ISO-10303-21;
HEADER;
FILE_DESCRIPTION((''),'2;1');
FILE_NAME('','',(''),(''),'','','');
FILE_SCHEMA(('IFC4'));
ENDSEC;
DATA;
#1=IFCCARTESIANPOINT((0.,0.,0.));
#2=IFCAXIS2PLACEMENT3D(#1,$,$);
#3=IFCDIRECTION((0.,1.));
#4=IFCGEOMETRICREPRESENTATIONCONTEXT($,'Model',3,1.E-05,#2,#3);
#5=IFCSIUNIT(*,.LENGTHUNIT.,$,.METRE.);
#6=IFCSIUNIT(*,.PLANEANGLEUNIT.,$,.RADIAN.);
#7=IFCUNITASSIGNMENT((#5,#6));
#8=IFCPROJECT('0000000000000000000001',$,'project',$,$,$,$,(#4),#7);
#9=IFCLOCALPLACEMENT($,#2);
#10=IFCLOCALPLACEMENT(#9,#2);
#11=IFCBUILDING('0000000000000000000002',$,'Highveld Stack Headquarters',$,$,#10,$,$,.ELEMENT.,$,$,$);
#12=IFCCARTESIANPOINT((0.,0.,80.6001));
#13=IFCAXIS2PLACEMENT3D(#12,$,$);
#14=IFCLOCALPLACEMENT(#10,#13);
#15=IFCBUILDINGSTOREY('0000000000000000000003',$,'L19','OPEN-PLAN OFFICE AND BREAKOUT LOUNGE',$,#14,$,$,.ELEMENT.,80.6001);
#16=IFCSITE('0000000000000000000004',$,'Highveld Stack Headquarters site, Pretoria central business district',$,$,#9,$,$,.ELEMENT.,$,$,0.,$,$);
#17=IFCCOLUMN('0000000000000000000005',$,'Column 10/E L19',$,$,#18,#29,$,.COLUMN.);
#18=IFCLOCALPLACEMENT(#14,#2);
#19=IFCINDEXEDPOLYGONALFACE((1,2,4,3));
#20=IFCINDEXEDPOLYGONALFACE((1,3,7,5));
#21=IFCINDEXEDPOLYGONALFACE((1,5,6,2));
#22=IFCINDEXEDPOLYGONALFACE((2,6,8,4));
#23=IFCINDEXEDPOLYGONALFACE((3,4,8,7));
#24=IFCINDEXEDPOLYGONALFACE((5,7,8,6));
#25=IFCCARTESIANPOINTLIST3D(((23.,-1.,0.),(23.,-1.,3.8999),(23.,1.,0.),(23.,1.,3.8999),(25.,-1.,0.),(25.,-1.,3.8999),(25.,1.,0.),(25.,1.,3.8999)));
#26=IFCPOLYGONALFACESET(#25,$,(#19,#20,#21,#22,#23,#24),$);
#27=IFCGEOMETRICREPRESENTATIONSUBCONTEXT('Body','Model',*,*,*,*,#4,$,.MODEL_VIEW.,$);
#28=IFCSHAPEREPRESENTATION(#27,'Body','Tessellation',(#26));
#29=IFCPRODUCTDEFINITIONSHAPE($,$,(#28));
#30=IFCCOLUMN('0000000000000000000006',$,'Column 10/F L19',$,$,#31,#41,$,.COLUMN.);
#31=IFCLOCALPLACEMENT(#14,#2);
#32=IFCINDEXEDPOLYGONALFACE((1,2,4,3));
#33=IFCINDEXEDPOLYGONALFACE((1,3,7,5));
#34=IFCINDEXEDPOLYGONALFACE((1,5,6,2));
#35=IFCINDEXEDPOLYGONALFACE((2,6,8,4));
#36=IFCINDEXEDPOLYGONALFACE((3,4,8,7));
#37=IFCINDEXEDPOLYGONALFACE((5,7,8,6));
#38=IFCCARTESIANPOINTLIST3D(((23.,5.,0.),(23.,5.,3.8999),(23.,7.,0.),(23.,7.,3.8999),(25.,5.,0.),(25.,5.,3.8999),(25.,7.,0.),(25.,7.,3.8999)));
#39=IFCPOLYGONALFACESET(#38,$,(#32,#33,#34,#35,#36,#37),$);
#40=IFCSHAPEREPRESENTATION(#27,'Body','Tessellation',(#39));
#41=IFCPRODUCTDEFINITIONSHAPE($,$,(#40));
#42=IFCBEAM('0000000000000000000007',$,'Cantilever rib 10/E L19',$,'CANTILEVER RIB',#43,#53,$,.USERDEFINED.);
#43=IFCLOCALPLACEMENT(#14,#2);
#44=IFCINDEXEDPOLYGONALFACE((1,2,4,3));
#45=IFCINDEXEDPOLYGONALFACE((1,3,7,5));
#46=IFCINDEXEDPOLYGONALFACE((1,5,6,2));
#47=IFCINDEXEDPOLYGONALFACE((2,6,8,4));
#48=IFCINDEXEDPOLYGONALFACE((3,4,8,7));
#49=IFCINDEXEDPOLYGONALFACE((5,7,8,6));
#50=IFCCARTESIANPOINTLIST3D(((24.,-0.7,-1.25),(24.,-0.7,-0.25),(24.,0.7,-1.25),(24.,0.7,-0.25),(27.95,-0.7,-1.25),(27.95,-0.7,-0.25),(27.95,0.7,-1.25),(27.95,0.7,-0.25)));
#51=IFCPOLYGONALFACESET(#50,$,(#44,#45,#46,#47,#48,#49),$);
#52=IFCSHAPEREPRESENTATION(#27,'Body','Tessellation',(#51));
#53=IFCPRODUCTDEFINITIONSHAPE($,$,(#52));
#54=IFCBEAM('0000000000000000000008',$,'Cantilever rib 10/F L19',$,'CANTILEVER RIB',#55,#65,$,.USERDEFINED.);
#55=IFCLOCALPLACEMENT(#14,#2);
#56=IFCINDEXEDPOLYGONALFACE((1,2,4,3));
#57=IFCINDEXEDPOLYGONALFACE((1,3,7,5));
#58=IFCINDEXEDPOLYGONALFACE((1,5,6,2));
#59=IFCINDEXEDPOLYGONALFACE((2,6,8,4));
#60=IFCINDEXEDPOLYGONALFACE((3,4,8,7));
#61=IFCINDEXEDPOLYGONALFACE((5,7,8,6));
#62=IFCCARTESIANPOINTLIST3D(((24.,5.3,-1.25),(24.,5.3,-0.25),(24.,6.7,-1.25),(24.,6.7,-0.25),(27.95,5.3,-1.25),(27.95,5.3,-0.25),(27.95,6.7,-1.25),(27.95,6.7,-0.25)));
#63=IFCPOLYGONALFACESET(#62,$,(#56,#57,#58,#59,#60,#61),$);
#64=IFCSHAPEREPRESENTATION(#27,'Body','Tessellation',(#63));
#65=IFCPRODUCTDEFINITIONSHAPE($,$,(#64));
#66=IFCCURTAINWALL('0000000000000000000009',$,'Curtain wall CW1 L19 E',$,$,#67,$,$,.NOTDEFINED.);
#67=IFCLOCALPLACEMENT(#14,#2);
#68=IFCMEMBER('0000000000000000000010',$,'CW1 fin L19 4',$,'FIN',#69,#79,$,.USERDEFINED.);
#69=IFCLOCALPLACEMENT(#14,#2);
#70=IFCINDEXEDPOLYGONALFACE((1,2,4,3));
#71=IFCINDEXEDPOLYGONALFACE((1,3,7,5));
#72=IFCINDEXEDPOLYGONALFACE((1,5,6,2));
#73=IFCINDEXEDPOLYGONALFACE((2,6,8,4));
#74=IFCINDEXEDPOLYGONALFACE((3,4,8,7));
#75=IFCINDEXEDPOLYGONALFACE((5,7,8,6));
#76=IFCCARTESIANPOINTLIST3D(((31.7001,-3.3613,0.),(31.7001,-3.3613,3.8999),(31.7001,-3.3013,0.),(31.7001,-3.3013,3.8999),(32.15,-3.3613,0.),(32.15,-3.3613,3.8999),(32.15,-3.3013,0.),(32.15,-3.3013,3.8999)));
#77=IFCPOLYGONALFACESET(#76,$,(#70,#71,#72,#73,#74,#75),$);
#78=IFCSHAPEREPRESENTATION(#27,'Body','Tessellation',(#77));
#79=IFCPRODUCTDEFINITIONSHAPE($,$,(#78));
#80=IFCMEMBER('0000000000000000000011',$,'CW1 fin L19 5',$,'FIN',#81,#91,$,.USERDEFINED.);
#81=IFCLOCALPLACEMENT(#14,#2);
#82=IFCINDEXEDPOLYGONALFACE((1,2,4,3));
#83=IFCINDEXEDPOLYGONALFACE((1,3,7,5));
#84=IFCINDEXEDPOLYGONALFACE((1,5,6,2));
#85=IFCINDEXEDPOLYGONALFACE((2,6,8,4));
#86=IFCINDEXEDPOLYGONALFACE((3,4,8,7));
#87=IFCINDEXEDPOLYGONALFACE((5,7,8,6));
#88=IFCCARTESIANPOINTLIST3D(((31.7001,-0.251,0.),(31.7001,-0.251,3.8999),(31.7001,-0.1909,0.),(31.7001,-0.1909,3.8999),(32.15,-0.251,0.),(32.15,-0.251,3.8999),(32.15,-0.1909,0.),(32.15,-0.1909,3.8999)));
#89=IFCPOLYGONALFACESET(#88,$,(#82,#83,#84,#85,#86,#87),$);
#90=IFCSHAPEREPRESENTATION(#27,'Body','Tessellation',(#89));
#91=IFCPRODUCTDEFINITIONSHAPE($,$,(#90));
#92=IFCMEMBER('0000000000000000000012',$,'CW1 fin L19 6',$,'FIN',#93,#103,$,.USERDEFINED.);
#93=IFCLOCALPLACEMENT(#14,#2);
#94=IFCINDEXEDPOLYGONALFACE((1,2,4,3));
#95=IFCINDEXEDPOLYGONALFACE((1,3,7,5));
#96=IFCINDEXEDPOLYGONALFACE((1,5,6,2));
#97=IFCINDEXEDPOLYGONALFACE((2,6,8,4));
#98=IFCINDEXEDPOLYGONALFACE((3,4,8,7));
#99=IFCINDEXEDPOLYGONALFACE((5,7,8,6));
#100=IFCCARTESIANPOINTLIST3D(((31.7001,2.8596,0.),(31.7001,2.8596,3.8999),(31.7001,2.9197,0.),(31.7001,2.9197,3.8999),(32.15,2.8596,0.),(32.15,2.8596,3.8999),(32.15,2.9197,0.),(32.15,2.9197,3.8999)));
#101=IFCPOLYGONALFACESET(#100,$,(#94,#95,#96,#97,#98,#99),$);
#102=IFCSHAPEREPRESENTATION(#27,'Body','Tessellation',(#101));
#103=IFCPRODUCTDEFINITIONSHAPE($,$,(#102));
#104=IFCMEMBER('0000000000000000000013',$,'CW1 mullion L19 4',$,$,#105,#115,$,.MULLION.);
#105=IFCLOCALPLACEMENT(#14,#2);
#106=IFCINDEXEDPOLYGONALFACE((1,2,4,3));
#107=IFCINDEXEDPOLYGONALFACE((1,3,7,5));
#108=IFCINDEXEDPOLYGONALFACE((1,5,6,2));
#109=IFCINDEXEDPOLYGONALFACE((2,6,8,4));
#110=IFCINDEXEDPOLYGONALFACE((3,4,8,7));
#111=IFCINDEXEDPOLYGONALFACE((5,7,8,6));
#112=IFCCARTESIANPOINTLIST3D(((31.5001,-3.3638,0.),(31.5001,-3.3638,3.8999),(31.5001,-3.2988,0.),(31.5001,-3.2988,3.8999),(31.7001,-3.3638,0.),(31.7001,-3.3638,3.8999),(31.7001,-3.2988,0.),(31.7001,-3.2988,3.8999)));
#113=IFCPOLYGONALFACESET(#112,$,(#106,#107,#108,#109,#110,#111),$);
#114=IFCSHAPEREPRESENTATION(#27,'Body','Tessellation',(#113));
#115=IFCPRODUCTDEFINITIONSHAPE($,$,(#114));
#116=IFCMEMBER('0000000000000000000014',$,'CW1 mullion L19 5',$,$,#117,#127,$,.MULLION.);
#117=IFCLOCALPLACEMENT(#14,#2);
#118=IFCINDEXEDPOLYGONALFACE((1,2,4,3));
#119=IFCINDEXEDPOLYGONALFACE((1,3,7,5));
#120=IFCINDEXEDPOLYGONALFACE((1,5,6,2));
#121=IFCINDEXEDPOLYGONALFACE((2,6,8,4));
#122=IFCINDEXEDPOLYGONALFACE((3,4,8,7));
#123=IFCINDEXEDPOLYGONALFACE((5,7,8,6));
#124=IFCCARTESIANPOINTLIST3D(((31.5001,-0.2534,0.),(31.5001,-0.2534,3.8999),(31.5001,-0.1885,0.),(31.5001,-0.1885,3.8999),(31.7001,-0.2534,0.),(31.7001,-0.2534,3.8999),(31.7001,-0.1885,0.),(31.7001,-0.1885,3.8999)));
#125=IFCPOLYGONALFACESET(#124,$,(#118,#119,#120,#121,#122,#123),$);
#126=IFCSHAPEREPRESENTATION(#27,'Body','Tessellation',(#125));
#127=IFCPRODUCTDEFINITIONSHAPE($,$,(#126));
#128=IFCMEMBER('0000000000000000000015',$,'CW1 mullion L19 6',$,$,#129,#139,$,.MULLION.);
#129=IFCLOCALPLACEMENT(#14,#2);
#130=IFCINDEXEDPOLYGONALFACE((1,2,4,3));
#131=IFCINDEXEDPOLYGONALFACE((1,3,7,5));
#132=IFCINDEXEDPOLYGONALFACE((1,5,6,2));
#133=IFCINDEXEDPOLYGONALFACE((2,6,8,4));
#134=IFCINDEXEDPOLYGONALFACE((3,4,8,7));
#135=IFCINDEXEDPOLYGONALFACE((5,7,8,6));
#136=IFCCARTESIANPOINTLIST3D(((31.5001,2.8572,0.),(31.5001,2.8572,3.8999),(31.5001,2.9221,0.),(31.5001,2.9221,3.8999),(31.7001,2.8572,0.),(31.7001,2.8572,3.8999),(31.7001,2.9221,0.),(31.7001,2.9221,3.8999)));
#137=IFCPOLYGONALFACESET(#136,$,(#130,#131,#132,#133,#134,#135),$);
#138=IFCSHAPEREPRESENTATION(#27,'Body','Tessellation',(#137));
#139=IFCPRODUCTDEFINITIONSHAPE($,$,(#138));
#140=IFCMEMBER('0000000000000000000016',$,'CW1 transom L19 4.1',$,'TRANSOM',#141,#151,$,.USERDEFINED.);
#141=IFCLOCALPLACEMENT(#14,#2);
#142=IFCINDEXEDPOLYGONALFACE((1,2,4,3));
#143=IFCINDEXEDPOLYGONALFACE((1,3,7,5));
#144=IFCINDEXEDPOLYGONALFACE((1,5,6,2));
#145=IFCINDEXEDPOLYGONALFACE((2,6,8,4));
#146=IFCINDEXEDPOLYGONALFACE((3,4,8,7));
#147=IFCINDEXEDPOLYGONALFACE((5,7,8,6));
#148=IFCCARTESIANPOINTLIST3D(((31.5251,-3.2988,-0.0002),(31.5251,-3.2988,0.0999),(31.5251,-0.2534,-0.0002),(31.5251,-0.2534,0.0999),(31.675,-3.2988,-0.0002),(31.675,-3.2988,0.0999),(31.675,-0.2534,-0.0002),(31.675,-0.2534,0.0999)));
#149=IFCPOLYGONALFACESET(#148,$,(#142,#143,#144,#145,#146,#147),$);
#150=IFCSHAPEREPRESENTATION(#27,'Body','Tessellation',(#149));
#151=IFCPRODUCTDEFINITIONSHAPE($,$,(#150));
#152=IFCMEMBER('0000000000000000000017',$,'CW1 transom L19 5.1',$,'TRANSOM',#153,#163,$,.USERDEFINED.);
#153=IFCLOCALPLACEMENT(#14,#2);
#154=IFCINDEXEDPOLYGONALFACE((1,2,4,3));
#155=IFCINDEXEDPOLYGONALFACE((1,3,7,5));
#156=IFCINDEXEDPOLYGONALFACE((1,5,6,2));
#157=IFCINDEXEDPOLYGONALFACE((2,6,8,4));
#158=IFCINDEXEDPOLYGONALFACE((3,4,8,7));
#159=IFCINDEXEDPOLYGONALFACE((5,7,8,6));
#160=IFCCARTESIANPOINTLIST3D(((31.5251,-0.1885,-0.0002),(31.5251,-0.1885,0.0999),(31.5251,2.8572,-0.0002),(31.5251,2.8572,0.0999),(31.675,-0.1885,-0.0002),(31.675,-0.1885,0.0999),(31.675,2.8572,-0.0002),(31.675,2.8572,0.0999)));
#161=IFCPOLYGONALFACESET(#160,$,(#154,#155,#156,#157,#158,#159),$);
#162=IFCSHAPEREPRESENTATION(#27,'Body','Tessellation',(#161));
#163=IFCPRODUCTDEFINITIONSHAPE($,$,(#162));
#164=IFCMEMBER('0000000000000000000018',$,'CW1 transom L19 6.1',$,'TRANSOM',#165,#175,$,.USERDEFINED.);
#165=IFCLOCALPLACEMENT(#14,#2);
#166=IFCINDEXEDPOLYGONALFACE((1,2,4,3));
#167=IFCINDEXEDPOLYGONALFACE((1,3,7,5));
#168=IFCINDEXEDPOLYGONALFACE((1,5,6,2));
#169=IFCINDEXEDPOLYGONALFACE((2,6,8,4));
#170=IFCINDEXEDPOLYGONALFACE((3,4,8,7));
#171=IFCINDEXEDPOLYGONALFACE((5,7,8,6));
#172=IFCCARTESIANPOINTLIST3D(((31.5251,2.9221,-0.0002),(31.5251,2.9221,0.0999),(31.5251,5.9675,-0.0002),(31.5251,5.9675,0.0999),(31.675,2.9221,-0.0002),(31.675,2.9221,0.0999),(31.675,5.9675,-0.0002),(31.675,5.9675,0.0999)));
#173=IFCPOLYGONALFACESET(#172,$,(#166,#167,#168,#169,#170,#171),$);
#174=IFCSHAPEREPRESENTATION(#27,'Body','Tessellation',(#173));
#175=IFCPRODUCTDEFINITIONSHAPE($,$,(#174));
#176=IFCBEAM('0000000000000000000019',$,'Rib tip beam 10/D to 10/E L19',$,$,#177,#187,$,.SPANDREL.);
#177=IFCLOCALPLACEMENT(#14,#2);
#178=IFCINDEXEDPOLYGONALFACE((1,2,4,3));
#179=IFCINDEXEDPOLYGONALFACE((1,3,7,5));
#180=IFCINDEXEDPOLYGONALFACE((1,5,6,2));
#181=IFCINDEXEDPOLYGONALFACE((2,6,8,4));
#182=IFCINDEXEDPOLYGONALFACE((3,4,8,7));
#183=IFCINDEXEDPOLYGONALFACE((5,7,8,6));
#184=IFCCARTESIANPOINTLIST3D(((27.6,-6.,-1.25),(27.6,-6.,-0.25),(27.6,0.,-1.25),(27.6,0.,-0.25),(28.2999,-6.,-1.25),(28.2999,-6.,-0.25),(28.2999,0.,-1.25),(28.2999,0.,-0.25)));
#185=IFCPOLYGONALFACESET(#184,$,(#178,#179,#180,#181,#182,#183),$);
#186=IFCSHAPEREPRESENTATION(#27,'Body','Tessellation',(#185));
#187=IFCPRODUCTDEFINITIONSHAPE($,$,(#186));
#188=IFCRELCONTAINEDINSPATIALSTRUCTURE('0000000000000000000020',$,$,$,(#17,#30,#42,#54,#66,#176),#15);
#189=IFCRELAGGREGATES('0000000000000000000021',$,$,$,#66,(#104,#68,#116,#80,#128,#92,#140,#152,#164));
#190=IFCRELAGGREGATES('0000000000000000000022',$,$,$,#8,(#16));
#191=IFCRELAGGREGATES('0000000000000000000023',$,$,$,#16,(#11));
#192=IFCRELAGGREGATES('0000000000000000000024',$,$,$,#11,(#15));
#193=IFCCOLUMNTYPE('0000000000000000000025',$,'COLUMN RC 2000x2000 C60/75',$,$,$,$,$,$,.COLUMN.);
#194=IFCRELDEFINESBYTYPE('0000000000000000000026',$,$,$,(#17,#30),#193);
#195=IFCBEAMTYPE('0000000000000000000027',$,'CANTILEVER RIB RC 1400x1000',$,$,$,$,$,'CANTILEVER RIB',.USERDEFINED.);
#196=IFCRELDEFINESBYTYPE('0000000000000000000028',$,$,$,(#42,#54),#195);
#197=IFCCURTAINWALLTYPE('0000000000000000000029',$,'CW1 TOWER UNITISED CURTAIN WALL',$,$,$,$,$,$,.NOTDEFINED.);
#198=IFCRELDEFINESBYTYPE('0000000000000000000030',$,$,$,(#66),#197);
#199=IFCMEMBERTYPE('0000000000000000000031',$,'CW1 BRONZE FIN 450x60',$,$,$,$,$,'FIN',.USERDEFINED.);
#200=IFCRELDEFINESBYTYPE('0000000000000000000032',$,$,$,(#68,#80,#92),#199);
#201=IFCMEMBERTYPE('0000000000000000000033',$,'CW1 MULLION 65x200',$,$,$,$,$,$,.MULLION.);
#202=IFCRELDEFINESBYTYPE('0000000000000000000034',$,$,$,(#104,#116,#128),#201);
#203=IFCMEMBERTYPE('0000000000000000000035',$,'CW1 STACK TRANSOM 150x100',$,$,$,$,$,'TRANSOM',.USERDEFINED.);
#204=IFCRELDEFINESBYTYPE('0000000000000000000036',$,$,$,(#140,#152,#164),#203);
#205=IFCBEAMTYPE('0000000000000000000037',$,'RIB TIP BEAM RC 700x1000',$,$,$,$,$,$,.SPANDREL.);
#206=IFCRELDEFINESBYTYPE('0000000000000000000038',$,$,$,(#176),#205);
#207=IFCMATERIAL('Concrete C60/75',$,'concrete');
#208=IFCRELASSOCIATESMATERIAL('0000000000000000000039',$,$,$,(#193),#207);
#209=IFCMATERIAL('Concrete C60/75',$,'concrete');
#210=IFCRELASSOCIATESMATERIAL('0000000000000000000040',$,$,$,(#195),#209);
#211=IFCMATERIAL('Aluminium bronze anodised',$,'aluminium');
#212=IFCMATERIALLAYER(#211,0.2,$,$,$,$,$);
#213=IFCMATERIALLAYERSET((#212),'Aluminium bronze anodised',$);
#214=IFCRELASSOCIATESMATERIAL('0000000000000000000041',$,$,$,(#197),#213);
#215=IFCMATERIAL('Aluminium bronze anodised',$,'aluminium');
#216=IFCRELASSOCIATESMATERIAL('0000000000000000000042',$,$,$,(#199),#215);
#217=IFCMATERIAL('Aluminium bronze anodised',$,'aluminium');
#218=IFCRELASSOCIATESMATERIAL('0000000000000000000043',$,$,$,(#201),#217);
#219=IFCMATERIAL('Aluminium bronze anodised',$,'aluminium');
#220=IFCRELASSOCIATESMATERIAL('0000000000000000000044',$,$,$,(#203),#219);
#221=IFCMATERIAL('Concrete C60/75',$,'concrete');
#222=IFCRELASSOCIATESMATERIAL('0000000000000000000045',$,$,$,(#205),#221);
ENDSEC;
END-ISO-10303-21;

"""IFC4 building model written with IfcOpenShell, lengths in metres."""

from ifc_helpers import new_model, si_unit, direction, frame, origin, origin_2d, place, context, subcontext, project, spatial, rectangle, extrude, material, layer, layer_set, material_profile, profile_set, type_object, element, aggregate, save


model = new_model("IFC4")

# Units and contexts
model_context = context("Model", 3, precision=1e-05, world=origin(), true_north=direction((0.0, 1.0)))
body_context = subcontext(model_context, "Body", "Model", "MODEL_VIEW")
ifc_project = project(units=[si_unit("LENGTHUNIT", "METRE"), si_unit("PLANEANGLEUNIT", "RADIAN")], contexts=[model_context])

# Site, building, storey
site_placement = place(None, origin())
site = spatial("IfcSite", under=ifc_project, at=site_placement, Name="Highveld Stack Headquarters site, Pretoria central business district", CompositionType="ELEMENT", RefElevation=0.0)
building_placement = place(site_placement, origin())
building = spatial("IfcBuilding", under=site, at=building_placement, Name="Highveld Stack Headquarters", CompositionType="ELEMENT")
storey_placement = place(building_placement, frame((0.0, 0.0, 80.6001)))
storey = spatial("IfcBuildingStorey", under=building, at=storey_placement, Name="L19", Description="OPEN-PLAN OFFICE AND BREAKOUT LOUNGE", CompositionType="ELEMENT", Elevation=80.6001)

# Columns
ifc_material_1 = material(Name="Concrete C60/75", Category="concrete")
ifc_material_profile_1 = material_profile(ifc_material_1, rectangle(XDim=2.0, YDim=2.0, at=origin_2d()), Name="RC 2000x2000")
ifc_profile_set_1 = profile_set([ifc_material_profile_1], Name="Concrete C60/75")
column_type = type_object("IfcColumnType", Name="COLUMN RC 2000x2000 C60/75", PredefinedType="COLUMN", material=ifc_profile_set_1)
for number, where, z_axis, x_axis, name in (
    (1, (24.0, 0.0, 0.0), (0.0, 0.0, 1.0), (1.0, 0.0, 0.0), "Column 10/E L19"),
    (2, (24.0, 6.0, 0.0), (0.0, 0.0, 1.0), (1.0, 0.0, 0.0), "Column 10/F L19"),
):
    element("IfcColumn", number, at=place(storey_placement, frame(where, z_axis=z_axis, x_axis=x_axis)), inside=storey, type_object=column_type, Name=name, PredefinedType="COLUMN", context=body_context, shape_type="SweptSolid", body=[
        extrude(rectangle(XDim=2.0, YDim=2.0, at=origin_2d()), origin(), (0.0, 0.0, 1.0), 3.8999),
    ])

# Beams
ifc_material_2 = material(Name="Concrete C60/75", Category="concrete")
ifc_material_profile_2 = material_profile(ifc_material_2, rectangle(XDim=1.3999, YDim=1.0, at=origin_2d()), Name="RC 1400x1000")
ifc_profile_set_2 = profile_set([ifc_material_profile_2], Name="Concrete C60/75")
beam_type_1 = type_object("IfcBeamType", Name="CANTILEVER RIB RC 1400x1000", ElementType="CANTILEVER RIB", PredefinedType="USERDEFINED", material=ifc_profile_set_2)
for number, where, z_axis, x_axis, name in (
    (3, (24.0, 0.0, -0.75), (1.0, 0.0, 0.0), (0.0, 1.0, 0.0), "Cantilever rib 10/E L19"),
    (4, (24.0, 6.0, -0.75), (1.0, 0.0, 0.0), (0.0, 1.0, 0.0), "Cantilever rib 10/F L19"),
):
    element("IfcBeam", number, at=place(storey_placement, frame(where, z_axis=z_axis, x_axis=x_axis)), inside=storey, type_object=beam_type_1, Name=name, ObjectType="CANTILEVER RIB", PredefinedType="USERDEFINED", context=body_context, shape_type="SweptSolid", body=[
        extrude(rectangle(XDim=1.3999, YDim=1.0, at=origin_2d()), origin(), (0.0, 0.0, 1.0), 3.95),
    ])

# Curtain wall, members
ifc_material_3 = material(Name="Aluminium bronze anodised", Category="aluminium")
ifc_layer_1 = layer(ifc_material_3, 0.2)
ifc_layer_set_1 = layer_set([ifc_layer_1], Name="Aluminium bronze anodised")
curtain_wall_type = type_object("IfcCurtainWallType", Name="CW1 TOWER UNITISED CURTAIN WALL", PredefinedType="NOTDEFINED", material=ifc_layer_set_1)
curtain_wall_placement = place(storey_placement, origin())
curtain_wall = element("IfcCurtainWall", 5, at=curtain_wall_placement, inside=storey, type_object=curtain_wall_type, Name="Curtain wall CW1 L19 E", PredefinedType="NOTDEFINED")
ifc_material_4 = material(Name="Aluminium bronze anodised", Category="aluminium")
ifc_material_profile_3 = material_profile(ifc_material_4, rectangle(XDim=0.45, YDim=0.0601, at=origin_2d()), Name="FIN 450x60")
ifc_profile_set_3 = profile_set([ifc_material_profile_3], Name="Aluminium bronze anodised")
member_type_1 = type_object("IfcMemberType", Name="CW1 BRONZE FIN 450x60", ElementType="FIN", PredefinedType="USERDEFINED", material=ifc_profile_set_3)
member_1_placement = place(storey_placement, frame((31.925, -3.3313, 0.0), z_axis=(0.0, 0.0, 1.0), x_axis=(-1.0, 0.0, 0.0)))
member_1 = element("IfcMember", 6, at=member_1_placement, type_object=member_type_1, Name="CW1 fin L19 4", ObjectType="FIN", PredefinedType="USERDEFINED", context=body_context, shape_type="SweptSolid", body=[
    extrude(rectangle(XDim=0.45, YDim=0.0601, at=origin_2d()), origin(), (0.0, 0.0, 1.0), 3.8999),
])
member_2_placement = place(storey_placement, frame((31.925, -0.2209, 0.0), z_axis=(0.0, 0.0, 1.0), x_axis=(-1.0, 0.0, 0.0)))
member_2 = element("IfcMember", 7, at=member_2_placement, type_object=member_type_1, Name="CW1 fin L19 5", ObjectType="FIN", PredefinedType="USERDEFINED", context=body_context, shape_type="SweptSolid", body=[
    extrude(rectangle(XDim=0.45, YDim=0.0601, at=origin_2d()), origin(), (0.0, 0.0, 1.0), 3.8999),
])
member_3_placement = place(storey_placement, frame((31.925, 2.8896, 0.0), z_axis=(0.0, 0.0, 1.0), x_axis=(-1.0, 0.0, 0.0)))
member_3 = element("IfcMember", 8, at=member_3_placement, type_object=member_type_1, Name="CW1 fin L19 6", ObjectType="FIN", PredefinedType="USERDEFINED", context=body_context, shape_type="SweptSolid", body=[
    extrude(rectangle(XDim=0.45, YDim=0.0601, at=origin_2d()), origin(), (0.0, 0.0, 1.0), 3.8999),
])
ifc_material_5 = material(Name="Aluminium bronze anodised", Category="aluminium")
ifc_material_profile_4 = material_profile(ifc_material_5, rectangle(XDim=0.2, YDim=0.0649, at=origin_2d()), Name="CW1 MULLION 65x200")
ifc_profile_set_4 = profile_set([ifc_material_profile_4], Name="Aluminium bronze anodised")
member_type_2 = type_object("IfcMemberType", Name="CW1 MULLION 65x200", PredefinedType="MULLION", material=ifc_profile_set_4)
member_4_placement = place(storey_placement, frame((31.6001, -3.3313, 0.0), z_axis=(0.0, 0.0, 1.0), x_axis=(-1.0, 0.0, 0.0)))
member_4 = element("IfcMember", 9, at=member_4_placement, type_object=member_type_2, Name="CW1 mullion L19 4", PredefinedType="MULLION", context=body_context, shape_type="SweptSolid", body=[
    extrude(rectangle(XDim=0.2, YDim=0.0649, at=origin_2d()), origin(), (0.0, 0.0, 1.0), 3.8999),
])
member_5_placement = place(storey_placement, frame((31.6001, -0.2209, 0.0), z_axis=(0.0, 0.0, 1.0), x_axis=(-1.0, 0.0, 0.0)))
member_5 = element("IfcMember", 10, at=member_5_placement, type_object=member_type_2, Name="CW1 mullion L19 5", PredefinedType="MULLION", context=body_context, shape_type="SweptSolid", body=[
    extrude(rectangle(XDim=0.2, YDim=0.0649, at=origin_2d()), origin(), (0.0, 0.0, 1.0), 3.8999),
])
member_6_placement = place(storey_placement, frame((31.6001, 2.8896, 0.0), z_axis=(0.0, 0.0, 1.0), x_axis=(-1.0, 0.0, 0.0)))
member_6 = element("IfcMember", 11, at=member_6_placement, type_object=member_type_2, Name="CW1 mullion L19 6", PredefinedType="MULLION", context=body_context, shape_type="SweptSolid", body=[
    extrude(rectangle(XDim=0.2, YDim=0.0649, at=origin_2d()), origin(), (0.0, 0.0, 1.0), 3.8999),
])
ifc_material_6 = material(Name="Aluminium bronze anodised", Category="aluminium")
ifc_material_profile_5 = material_profile(ifc_material_6, rectangle(XDim=0.1499, YDim=0.1001, at=origin_2d()), Name="CW1 TRANSOM 150x100")
ifc_profile_set_5 = profile_set([ifc_material_profile_5], Name="Aluminium bronze anodised")
member_type_3 = type_object("IfcMemberType", Name="CW1 STACK TRANSOM 150x100", ElementType="TRANSOM", PredefinedType="USERDEFINED", material=ifc_profile_set_5)
member_7_placement = place(storey_placement, frame((31.6001, -3.2988, 0.0498), z_axis=(0.0, 1.0, 0.0), x_axis=(-1.0, 0.0, 0.0)))
member_7 = element("IfcMember", 12, at=member_7_placement, type_object=member_type_3, Name="CW1 transom L19 4.1", ObjectType="TRANSOM", PredefinedType="USERDEFINED", context=body_context, shape_type="SweptSolid", body=[
    extrude(rectangle(XDim=0.1499, YDim=0.1001, at=origin_2d()), origin(), (0.0, 0.0, 1.0), 3.0454),
])
member_8_placement = place(storey_placement, frame((31.6001, -0.1885, 0.0498), z_axis=(0.0, 1.0, 0.0), x_axis=(-1.0, 0.0, 0.0)))
member_8 = element("IfcMember", 13, at=member_8_placement, type_object=member_type_3, Name="CW1 transom L19 5.1", ObjectType="TRANSOM", PredefinedType="USERDEFINED", context=body_context, shape_type="SweptSolid", body=[
    extrude(rectangle(XDim=0.1499, YDim=0.1001, at=origin_2d()), origin(), (0.0, 0.0, 1.0), 3.0457),
])
member_9_placement = place(storey_placement, frame((31.6001, 2.9221, 0.0498), z_axis=(0.0, 1.0, 0.0), x_axis=(-1.0, 0.0, 0.0)))
member_9 = element("IfcMember", 14, at=member_9_placement, type_object=member_type_3, Name="CW1 transom L19 6.1", ObjectType="TRANSOM", PredefinedType="USERDEFINED", context=body_context, shape_type="SweptSolid", body=[
    extrude(rectangle(XDim=0.1499, YDim=0.1001, at=origin_2d()), origin(), (0.0, 0.0, 1.0), 3.0454),
])

# Beam
ifc_material_7 = material(Name="Concrete C60/75", Category="concrete")
ifc_material_profile_6 = material_profile(ifc_material_7, rectangle(XDim=0.7, YDim=1.0, at=origin_2d()), Name="RC 700x1000")
ifc_profile_set_6 = profile_set([ifc_material_profile_6], Name="Concrete C60/75")
beam_type_2 = type_object("IfcBeamType", Name="RIB TIP BEAM RC 700x1000", PredefinedType="SPANDREL", material=ifc_profile_set_6)
for number, where, z_axis, x_axis, name in (
    (15, (27.95, -6.0, -0.75), (0.0, 1.0, 0.0), (-1.0, 0.0, 0.0), "Rib tip beam 10/D to 10/E L19"),
):
    element("IfcBeam", number, at=place(storey_placement, frame(where, z_axis=z_axis, x_axis=x_axis)), inside=storey, type_object=beam_type_2, Name=name, PredefinedType="SPANDREL", context=body_context, shape_type="SweptSolid", body=[
        extrude(rectangle(XDim=0.7, YDim=1.0, at=origin_2d()), origin(), (0.0, 0.0, 1.0), 6.0),
    ])

aggregate(curtain_wall, [member_4, member_1, member_5, member_2, member_6, member_3, member_7, member_8, member_9])

save(model, "model.ifc")
